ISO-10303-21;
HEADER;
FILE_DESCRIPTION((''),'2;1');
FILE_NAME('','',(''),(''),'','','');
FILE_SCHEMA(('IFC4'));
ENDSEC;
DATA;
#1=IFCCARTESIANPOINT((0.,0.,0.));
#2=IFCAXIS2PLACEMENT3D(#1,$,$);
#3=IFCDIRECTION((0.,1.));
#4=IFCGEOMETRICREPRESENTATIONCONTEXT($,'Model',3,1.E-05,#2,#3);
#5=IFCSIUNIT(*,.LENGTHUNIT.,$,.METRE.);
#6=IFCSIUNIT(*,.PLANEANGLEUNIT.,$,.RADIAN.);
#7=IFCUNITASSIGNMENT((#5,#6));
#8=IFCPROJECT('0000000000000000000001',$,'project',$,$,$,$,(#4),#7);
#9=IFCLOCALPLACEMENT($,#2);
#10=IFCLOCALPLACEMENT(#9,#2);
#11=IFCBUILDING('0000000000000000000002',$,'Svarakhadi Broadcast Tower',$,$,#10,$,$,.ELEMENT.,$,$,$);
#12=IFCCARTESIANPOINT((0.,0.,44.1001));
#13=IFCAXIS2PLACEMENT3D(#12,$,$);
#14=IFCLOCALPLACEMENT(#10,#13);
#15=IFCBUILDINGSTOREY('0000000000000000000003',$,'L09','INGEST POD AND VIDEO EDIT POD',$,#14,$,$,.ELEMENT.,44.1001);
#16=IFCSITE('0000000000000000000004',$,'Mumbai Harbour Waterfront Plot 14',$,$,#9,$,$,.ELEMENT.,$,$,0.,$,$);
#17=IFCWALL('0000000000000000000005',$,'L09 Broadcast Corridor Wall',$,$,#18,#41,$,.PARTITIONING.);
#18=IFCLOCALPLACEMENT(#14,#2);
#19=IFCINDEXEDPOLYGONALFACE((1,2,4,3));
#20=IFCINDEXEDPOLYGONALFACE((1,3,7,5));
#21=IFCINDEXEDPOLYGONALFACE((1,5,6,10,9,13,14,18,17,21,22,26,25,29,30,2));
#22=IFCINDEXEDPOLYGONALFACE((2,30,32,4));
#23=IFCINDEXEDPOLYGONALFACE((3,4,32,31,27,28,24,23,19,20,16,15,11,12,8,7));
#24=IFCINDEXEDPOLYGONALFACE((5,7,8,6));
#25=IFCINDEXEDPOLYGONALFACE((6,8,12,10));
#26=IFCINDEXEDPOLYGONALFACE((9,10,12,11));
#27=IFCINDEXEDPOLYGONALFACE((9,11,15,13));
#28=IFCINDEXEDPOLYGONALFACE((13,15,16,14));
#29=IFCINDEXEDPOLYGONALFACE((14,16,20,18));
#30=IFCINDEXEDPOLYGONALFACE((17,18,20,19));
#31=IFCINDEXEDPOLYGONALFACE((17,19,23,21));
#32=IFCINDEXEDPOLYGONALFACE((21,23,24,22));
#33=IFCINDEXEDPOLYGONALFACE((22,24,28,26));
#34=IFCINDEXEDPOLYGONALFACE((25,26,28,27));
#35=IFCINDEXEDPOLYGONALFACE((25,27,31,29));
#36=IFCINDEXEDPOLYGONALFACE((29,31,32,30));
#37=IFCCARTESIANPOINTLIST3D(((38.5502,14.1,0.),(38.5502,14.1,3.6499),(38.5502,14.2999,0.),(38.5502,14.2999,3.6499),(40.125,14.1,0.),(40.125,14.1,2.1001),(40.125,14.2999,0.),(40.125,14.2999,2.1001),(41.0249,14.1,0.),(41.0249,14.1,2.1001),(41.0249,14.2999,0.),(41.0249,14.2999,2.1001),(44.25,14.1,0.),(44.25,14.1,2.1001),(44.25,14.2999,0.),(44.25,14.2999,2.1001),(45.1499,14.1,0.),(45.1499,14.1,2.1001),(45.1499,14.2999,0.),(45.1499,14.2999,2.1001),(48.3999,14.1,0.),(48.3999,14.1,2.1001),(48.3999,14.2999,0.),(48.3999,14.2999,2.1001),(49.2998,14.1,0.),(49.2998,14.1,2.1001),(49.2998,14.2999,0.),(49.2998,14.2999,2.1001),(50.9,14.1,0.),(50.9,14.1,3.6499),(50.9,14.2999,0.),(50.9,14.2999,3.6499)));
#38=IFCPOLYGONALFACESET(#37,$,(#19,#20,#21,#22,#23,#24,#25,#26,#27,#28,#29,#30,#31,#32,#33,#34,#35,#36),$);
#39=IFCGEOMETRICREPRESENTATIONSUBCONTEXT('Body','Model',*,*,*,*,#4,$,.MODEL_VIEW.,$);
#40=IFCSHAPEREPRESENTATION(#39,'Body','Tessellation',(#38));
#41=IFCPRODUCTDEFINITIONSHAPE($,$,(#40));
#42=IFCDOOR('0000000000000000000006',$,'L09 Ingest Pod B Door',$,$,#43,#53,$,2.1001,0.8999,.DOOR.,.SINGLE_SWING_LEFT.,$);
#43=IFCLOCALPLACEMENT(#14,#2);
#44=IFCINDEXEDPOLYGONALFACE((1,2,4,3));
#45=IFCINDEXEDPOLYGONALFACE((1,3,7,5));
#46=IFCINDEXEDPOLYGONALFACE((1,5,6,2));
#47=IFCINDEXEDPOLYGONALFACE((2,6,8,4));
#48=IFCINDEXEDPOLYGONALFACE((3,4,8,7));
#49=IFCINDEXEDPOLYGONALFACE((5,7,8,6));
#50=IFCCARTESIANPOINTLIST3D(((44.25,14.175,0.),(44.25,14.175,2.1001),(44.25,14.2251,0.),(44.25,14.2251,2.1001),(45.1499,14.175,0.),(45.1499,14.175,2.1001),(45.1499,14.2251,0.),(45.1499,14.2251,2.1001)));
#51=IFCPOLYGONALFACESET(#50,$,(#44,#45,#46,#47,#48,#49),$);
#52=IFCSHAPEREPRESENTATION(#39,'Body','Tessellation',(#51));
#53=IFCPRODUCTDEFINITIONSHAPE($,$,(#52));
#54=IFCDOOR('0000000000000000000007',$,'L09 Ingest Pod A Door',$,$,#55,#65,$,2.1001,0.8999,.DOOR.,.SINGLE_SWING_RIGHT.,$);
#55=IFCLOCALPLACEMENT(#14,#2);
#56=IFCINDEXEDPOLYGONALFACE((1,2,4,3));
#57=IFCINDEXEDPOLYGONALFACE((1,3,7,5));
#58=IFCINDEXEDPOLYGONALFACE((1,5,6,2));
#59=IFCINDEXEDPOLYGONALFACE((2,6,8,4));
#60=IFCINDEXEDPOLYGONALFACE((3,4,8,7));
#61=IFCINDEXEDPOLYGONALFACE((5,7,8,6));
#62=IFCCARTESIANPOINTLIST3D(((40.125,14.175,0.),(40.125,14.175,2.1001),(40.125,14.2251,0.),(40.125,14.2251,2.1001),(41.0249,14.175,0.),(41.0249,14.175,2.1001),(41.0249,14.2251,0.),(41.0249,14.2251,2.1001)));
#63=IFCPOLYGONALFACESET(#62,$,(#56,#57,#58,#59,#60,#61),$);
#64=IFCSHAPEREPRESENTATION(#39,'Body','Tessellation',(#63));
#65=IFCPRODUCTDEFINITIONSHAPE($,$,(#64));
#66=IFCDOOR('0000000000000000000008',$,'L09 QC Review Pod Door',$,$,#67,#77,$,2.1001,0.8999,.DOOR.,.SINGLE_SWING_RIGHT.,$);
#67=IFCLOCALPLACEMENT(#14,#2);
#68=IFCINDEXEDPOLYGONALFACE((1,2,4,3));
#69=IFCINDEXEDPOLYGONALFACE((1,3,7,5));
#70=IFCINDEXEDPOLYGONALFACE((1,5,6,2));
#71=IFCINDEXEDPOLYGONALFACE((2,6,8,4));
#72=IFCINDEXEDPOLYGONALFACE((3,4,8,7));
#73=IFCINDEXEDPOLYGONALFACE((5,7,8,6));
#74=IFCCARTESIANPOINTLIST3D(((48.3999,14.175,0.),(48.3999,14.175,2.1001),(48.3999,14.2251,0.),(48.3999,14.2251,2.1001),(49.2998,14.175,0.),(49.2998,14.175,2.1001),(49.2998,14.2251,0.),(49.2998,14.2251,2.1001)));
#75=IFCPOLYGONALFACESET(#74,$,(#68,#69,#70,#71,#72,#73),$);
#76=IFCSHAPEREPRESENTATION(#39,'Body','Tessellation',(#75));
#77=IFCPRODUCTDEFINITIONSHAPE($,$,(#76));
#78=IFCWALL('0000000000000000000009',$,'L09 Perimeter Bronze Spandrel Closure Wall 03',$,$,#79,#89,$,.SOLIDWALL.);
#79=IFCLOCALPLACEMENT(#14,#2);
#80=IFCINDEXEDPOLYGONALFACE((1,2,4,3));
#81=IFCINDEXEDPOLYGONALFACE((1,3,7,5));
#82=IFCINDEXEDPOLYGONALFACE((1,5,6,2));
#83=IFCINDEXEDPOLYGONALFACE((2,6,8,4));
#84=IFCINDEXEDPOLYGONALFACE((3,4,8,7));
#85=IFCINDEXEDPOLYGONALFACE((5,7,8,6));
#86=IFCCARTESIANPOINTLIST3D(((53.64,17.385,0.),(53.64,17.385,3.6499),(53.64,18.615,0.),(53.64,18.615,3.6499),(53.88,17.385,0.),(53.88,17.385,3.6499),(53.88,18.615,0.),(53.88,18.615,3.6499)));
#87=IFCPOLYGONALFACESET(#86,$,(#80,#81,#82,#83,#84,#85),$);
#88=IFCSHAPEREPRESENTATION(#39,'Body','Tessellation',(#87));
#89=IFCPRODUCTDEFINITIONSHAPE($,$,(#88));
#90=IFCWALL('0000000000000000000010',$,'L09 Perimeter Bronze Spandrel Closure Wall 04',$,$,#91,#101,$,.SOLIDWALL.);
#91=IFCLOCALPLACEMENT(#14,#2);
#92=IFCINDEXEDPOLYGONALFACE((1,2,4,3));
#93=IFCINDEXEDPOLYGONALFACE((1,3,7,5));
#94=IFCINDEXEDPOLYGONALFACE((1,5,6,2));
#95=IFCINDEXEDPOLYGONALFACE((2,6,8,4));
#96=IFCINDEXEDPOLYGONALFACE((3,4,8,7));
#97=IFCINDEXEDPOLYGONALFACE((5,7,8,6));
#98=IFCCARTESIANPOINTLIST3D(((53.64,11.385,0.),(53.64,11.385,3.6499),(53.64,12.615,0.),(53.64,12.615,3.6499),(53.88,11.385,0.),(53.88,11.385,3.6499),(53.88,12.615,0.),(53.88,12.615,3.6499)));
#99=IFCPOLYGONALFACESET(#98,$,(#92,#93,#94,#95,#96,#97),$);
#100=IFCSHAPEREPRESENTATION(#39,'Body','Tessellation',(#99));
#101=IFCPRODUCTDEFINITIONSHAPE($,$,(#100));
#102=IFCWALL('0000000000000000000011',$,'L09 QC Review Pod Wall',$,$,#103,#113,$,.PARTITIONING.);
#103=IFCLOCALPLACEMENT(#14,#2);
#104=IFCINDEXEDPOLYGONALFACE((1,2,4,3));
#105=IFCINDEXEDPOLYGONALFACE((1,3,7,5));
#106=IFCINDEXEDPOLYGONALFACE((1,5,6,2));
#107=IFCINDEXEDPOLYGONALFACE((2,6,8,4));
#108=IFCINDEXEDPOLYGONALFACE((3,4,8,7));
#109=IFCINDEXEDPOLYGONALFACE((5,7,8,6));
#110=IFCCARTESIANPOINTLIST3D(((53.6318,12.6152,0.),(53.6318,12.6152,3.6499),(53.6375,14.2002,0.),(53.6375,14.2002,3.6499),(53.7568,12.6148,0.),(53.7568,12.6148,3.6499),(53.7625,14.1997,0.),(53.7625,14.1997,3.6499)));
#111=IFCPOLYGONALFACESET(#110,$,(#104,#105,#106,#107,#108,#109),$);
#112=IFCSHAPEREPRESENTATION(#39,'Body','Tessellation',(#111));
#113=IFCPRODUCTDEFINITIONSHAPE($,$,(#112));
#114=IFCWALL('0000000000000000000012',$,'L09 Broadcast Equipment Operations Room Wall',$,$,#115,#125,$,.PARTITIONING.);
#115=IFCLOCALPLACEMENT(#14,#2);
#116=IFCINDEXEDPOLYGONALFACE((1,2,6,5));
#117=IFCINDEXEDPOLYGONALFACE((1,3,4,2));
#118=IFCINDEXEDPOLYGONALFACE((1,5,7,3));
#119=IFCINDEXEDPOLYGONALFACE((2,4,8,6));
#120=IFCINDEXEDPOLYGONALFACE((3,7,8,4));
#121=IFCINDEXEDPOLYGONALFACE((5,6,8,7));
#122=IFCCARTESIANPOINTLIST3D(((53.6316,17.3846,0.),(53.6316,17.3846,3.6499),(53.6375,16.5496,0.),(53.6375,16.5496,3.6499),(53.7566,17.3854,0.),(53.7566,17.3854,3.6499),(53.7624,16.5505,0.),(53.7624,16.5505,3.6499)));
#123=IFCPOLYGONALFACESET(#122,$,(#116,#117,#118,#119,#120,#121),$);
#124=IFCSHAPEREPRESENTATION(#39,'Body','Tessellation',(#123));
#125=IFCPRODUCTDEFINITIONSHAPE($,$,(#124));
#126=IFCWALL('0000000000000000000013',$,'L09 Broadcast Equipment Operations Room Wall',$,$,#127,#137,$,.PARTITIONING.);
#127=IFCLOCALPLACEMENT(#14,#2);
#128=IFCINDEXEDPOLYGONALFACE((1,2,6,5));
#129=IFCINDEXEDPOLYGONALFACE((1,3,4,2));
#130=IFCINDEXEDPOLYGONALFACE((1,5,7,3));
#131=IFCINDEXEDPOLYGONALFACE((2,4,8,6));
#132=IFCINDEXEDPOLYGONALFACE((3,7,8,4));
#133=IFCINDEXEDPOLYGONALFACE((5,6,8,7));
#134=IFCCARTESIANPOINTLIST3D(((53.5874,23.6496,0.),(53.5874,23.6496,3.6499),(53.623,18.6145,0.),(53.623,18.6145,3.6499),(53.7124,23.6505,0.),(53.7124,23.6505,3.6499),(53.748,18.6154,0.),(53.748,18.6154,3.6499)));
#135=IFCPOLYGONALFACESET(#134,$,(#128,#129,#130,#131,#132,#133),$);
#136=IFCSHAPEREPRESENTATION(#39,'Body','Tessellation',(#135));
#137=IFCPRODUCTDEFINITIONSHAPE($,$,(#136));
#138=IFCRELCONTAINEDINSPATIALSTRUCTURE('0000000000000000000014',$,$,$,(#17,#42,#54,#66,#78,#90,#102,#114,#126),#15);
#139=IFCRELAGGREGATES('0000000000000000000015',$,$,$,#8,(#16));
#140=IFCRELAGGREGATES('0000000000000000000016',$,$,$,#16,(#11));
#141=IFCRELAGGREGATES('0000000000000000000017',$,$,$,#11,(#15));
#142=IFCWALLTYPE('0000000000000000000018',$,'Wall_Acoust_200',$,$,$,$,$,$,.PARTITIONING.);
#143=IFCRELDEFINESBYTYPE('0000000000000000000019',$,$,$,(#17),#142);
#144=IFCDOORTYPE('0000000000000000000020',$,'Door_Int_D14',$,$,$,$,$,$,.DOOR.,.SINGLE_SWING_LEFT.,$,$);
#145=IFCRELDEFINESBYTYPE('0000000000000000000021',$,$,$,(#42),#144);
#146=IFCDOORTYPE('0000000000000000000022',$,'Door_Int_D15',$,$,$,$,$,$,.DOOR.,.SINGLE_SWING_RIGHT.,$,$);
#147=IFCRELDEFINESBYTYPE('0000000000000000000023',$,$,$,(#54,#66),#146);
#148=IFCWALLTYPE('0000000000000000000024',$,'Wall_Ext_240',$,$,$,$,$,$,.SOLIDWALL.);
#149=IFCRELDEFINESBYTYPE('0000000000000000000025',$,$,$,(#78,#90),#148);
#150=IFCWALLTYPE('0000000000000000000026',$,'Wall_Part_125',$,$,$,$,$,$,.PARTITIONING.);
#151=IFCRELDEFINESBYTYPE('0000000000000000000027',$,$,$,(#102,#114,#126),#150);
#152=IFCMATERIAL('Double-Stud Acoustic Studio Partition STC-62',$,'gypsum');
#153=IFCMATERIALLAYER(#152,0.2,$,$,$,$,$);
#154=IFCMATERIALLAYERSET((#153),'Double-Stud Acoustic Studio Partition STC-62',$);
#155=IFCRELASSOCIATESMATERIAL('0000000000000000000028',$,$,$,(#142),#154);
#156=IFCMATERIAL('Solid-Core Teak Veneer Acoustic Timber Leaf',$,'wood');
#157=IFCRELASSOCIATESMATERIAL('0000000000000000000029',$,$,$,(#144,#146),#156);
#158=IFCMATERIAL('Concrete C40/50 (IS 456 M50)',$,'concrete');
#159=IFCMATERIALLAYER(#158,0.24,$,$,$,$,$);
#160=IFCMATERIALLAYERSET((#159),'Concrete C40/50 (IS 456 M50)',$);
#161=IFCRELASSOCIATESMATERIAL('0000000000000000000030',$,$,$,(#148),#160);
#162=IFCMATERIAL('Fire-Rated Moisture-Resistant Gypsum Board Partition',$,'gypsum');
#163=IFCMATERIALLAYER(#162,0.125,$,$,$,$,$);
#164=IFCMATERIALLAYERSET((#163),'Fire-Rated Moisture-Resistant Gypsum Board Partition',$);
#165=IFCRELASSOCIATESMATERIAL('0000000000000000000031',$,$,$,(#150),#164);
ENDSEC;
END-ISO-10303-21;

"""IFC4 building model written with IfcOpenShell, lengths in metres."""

from ifc_helpers import new_model, si_unit, direction, frame, frame_2d, origin, place, context, subcontext, project, spatial, rectangle, extrude, material, layer, layer_set, type_object, element, fill, save


model = new_model("IFC4")

# Units and contexts
model_context = context("Model", 3, precision=1e-05, world=origin(), true_north=direction((0.0, 1.0)))
body_context = subcontext(model_context, "Body", "Model", "MODEL_VIEW")
ifc_project = project(units=[si_unit("LENGTHUNIT", "METRE"), si_unit("PLANEANGLEUNIT", "RADIAN")], contexts=[model_context])

# Site, building, storey
site_placement = place(None, origin())
site = spatial("IfcSite", under=ifc_project, at=site_placement, Name="Mumbai Harbour Waterfront Plot 14", CompositionType="ELEMENT", RefElevation=0.0)
building_placement = place(site_placement, origin())
building = spatial("IfcBuilding", under=site, at=building_placement, Name="Svarakhadi Broadcast Tower", CompositionType="ELEMENT")
storey_placement = place(building_placement, frame((0.0, 0.0, 44.1001)))
storey = spatial("IfcBuildingStorey", under=building, at=storey_placement, Name="L09", Description="INGEST POD AND VIDEO EDIT POD", CompositionType="ELEMENT", Elevation=44.1001)

# Shared definitions
ifc_material_1 = material(Name="Double-Stud Acoustic Studio Partition STC-62", Category="gypsum")
ifc_layer_1 = layer(ifc_material_1, 0.2)
ifc_layer_set_1 = layer_set([ifc_layer_1], Name="Double-Stud Acoustic Studio Partition STC-62")
wall_type_1 = type_object("IfcWallType", Name="Wall_Acoust_200", PredefinedType="PARTITIONING", material=ifc_layer_set_1)

# Wall, openings, doors
wall_1_placement = place(storey_placement, frame((50.8999, 14.2, 0.0), z_axis=(0.0, 0.0, 1.0), x_axis=(-1.0, 0.0, 0.0)))
wall_1 = element("IfcWall", 1, at=wall_1_placement, inside=storey, type_object=wall_type_1, Name="L09 Broadcast Corridor Wall", PredefinedType="PARTITIONING", context=body_context, shape_type="SweptSolid", body=[
    extrude(rectangle(XDim=12.3499, YDim=0.2, at=frame_2d((6.1748, 0.0))), origin(), (0.0, 0.0, 1.0), 3.6499),
])
opening_1_placement = place(wall_1_placement, frame((9.875, 0.0, 0.0)))
opening_1 = element("IfcOpeningElement", 2, at=opening_1_placement, cuts=wall_1, PredefinedType="OPENING", context=body_context, shape_type="SweptSolid", body=[
    extrude(rectangle(XDim=0.8999, YDim=2.1001, at=frame_2d((0.45, 1.05))), frame((0.0, 0.1099, 0.0), z_axis=(0.0, -1.0, 0.0), x_axis=(1.0, 0.0, 0.0)), (0.0, 0.0, 1.0), 0.22),
])
opening_2_placement = place(wall_1_placement, frame((5.75, 0.0, 0.0)))
opening_2 = element("IfcOpeningElement", 3, at=opening_2_placement, cuts=wall_1, PredefinedType="OPENING", context=body_context, shape_type="SweptSolid", body=[
    extrude(rectangle(XDim=0.8999, YDim=2.1001, at=frame_2d((0.45, 1.05))), frame((0.0, 0.1099, 0.0), z_axis=(0.0, -1.0, 0.0), x_axis=(1.0, 0.0, 0.0)), (0.0, 0.0, 1.0), 0.22),
])
opening_3_placement = place(wall_1_placement, frame((1.6001, 0.0, 0.0)))
opening_3 = element("IfcOpeningElement", 4, at=opening_3_placement, cuts=wall_1, PredefinedType="OPENING", context=body_context, shape_type="SweptSolid", body=[
    extrude(rectangle(XDim=0.8999, YDim=2.1001, at=frame_2d((0.45, 1.05))), frame((0.0, 0.1099, 0.0), z_axis=(0.0, -1.0, 0.0), x_axis=(1.0, 0.0, 0.0)), (0.0, 0.0, 1.0), 0.22),
])
ifc_material_2 = material(Name="Solid-Core Teak Veneer Acoustic Timber Leaf", Category="wood")
door_type_1 = type_object("IfcDoorType", Name="Door_Int_D14", OperationType="SINGLE_SWING_LEFT", PredefinedType="DOOR", material=ifc_material_2)
door_1_placement = place(opening_2_placement, origin())
door_1 = element("IfcDoor", 5, at=door_1_placement, inside=storey, type_object=door_type_1, Name="L09 Ingest Pod B Door", OperationType="SINGLE_SWING_LEFT", OverallHeight=2.1001, OverallWidth=0.8999, PredefinedType="DOOR", context=body_context, shape_type="SweptSolid", body=[
    extrude(rectangle(XDim=0.8999, YDim=2.1001, at=frame_2d((0.45, 1.05))), frame((0.0, 0.0249, 0.0), z_axis=(0.0, -1.0, 0.0), x_axis=(1.0, 0.0, 0.0)), (0.0, 0.0, 1.0), 0.05),
])
fill(opening_2, door_1)
door_type_2 = type_object("IfcDoorType", Name="Door_Int_D15", OperationType="SINGLE_SWING_RIGHT", PredefinedType="DOOR", material=ifc_material_2)
door_2_placement = place(opening_1_placement, origin())
door_2 = element("IfcDoor", 6, at=door_2_placement, inside=storey, type_object=door_type_2, Name="L09 Ingest Pod A Door", OperationType="SINGLE_SWING_RIGHT", OverallHeight=2.1001, OverallWidth=0.8999, PredefinedType="DOOR", context=body_context, shape_type="SweptSolid", body=[
    extrude(rectangle(XDim=0.8999, YDim=2.1001, at=frame_2d((0.45, 1.05))), frame((0.0, 0.0249, 0.0), z_axis=(0.0, -1.0, 0.0), x_axis=(1.0, 0.0, 0.0)), (0.0, 0.0, 1.0), 0.05),
])
fill(opening_1, door_2)
door_3_placement = place(opening_3_placement, origin())
door_3 = element("IfcDoor", 7, at=door_3_placement, inside=storey, type_object=door_type_2, Name="L09 QC Review Pod Door", OperationType="SINGLE_SWING_RIGHT", OverallHeight=2.1001, OverallWidth=0.8999, PredefinedType="DOOR", context=body_context, shape_type="SweptSolid", body=[
    extrude(rectangle(XDim=0.8999, YDim=2.1001, at=frame_2d((0.45, 1.05))), frame((0.0, 0.0249, 0.0), z_axis=(0.0, -1.0, 0.0), x_axis=(1.0, 0.0, 0.0)), (0.0, 0.0, 1.0), 0.05),
])
fill(opening_3, door_3)

# Walls
ifc_material_3 = material(Name="Concrete C40/50 (IS 456 M50)", Category="concrete")
ifc_layer_2 = layer(ifc_material_3, 0.24)
ifc_layer_set_2 = layer_set([ifc_layer_2], Name="Concrete C40/50 (IS 456 M50)")
wall_type_2 = type_object("IfcWallType", Name="Wall_Ext_240", PredefinedType="SOLIDWALL", material=ifc_layer_set_2)
for number, where, z_axis, x_axis, name in (
    (8, (53.76, 18.615, 0.0), (0.0, 0.0, 1.0), (0.0, -1.0, 0.0), "L09 Perimeter Bronze Spandrel Closure Wall 03"),
    (9, (53.76, 12.615, 0.0), (0.0, 0.0, 1.0), (0.0, -1.0, 0.0), "L09 Perimeter Bronze Spandrel Closure Wall 04"),
):
    element("IfcWall", number, at=place(storey_placement, frame(where, z_axis=z_axis, x_axis=x_axis)), inside=storey, type_object=wall_type_2, Name=name, PredefinedType="SOLIDWALL", context=body_context, shape_type="SweptSolid", body=[
        extrude(rectangle(XDim=1.23, YDim=0.24, at=frame_2d((0.615, 0.0))), origin(), (0.0, 0.0, 1.0), 3.6499),
    ])
ifc_material_4 = material(Name="Fire-Rated Moisture-Resistant Gypsum Board Partition", Category="gypsum")
ifc_layer_3 = layer(ifc_material_4, 0.125)
ifc_layer_set_3 = layer_set([ifc_layer_3], Name="Fire-Rated Moisture-Resistant Gypsum Board Partition")
wall_type_3 = type_object("IfcWallType", Name="Wall_Part_125", PredefinedType="PARTITIONING", material=ifc_layer_set_3)
wall_2_placement = place(storey_placement, frame((53.6943, 12.615, 0.0), z_axis=(0.0, 0.0, 1.0), x_axis=(0.003543, 0.999994, 0.0)))
element("IfcWall", 10, at=wall_2_placement, inside=storey, type_object=wall_type_3, Name="L09 QC Review Pod Wall", PredefinedType="PARTITIONING", context=body_context, shape_type="SweptSolid", body=[
    extrude(rectangle(XDim=1.585, YDim=0.125, at=frame_2d((0.7925, 0.0))), origin(), (0.0, 0.0, 1.0), 3.6499),
])
wall_3_placement = place(storey_placement, frame((53.7, 16.55, 0.0), z_axis=(0.0, 0.0, 1.0), x_axis=(-0.007017, 0.999975, 0.0)))
element("IfcWall", 11, at=wall_3_placement, inside=storey, type_object=wall_type_3, Name="L09 Broadcast Equipment Operations Room Wall", PredefinedType="PARTITIONING", context=body_context, shape_type="SweptSolid", body=[
    extrude(rectangle(XDim=0.835, YDim=0.125, at=frame_2d((0.4175, 0.0))), origin(), (0.0, 0.0, 1.0), 3.6499),
])
wall_4_placement = place(storey_placement, frame((53.6855, 18.615, 0.0), z_axis=(0.0, 0.0, 1.0), x_axis=(-0.007079, 0.999975, 0.0)))
element("IfcWall", 12, at=wall_4_placement, inside=storey, type_object=wall_type_3, Name="L09 Broadcast Equipment Operations Room Wall", PredefinedType="PARTITIONING", context=body_context, shape_type="SweptSolid", body=[
    extrude(rectangle(XDim=5.0352, YDim=0.125, at=frame_2d((2.5176, 0.0))), origin(), (0.0, 0.0, 1.0), 3.6499),
])

save(model, "model.ifc")
